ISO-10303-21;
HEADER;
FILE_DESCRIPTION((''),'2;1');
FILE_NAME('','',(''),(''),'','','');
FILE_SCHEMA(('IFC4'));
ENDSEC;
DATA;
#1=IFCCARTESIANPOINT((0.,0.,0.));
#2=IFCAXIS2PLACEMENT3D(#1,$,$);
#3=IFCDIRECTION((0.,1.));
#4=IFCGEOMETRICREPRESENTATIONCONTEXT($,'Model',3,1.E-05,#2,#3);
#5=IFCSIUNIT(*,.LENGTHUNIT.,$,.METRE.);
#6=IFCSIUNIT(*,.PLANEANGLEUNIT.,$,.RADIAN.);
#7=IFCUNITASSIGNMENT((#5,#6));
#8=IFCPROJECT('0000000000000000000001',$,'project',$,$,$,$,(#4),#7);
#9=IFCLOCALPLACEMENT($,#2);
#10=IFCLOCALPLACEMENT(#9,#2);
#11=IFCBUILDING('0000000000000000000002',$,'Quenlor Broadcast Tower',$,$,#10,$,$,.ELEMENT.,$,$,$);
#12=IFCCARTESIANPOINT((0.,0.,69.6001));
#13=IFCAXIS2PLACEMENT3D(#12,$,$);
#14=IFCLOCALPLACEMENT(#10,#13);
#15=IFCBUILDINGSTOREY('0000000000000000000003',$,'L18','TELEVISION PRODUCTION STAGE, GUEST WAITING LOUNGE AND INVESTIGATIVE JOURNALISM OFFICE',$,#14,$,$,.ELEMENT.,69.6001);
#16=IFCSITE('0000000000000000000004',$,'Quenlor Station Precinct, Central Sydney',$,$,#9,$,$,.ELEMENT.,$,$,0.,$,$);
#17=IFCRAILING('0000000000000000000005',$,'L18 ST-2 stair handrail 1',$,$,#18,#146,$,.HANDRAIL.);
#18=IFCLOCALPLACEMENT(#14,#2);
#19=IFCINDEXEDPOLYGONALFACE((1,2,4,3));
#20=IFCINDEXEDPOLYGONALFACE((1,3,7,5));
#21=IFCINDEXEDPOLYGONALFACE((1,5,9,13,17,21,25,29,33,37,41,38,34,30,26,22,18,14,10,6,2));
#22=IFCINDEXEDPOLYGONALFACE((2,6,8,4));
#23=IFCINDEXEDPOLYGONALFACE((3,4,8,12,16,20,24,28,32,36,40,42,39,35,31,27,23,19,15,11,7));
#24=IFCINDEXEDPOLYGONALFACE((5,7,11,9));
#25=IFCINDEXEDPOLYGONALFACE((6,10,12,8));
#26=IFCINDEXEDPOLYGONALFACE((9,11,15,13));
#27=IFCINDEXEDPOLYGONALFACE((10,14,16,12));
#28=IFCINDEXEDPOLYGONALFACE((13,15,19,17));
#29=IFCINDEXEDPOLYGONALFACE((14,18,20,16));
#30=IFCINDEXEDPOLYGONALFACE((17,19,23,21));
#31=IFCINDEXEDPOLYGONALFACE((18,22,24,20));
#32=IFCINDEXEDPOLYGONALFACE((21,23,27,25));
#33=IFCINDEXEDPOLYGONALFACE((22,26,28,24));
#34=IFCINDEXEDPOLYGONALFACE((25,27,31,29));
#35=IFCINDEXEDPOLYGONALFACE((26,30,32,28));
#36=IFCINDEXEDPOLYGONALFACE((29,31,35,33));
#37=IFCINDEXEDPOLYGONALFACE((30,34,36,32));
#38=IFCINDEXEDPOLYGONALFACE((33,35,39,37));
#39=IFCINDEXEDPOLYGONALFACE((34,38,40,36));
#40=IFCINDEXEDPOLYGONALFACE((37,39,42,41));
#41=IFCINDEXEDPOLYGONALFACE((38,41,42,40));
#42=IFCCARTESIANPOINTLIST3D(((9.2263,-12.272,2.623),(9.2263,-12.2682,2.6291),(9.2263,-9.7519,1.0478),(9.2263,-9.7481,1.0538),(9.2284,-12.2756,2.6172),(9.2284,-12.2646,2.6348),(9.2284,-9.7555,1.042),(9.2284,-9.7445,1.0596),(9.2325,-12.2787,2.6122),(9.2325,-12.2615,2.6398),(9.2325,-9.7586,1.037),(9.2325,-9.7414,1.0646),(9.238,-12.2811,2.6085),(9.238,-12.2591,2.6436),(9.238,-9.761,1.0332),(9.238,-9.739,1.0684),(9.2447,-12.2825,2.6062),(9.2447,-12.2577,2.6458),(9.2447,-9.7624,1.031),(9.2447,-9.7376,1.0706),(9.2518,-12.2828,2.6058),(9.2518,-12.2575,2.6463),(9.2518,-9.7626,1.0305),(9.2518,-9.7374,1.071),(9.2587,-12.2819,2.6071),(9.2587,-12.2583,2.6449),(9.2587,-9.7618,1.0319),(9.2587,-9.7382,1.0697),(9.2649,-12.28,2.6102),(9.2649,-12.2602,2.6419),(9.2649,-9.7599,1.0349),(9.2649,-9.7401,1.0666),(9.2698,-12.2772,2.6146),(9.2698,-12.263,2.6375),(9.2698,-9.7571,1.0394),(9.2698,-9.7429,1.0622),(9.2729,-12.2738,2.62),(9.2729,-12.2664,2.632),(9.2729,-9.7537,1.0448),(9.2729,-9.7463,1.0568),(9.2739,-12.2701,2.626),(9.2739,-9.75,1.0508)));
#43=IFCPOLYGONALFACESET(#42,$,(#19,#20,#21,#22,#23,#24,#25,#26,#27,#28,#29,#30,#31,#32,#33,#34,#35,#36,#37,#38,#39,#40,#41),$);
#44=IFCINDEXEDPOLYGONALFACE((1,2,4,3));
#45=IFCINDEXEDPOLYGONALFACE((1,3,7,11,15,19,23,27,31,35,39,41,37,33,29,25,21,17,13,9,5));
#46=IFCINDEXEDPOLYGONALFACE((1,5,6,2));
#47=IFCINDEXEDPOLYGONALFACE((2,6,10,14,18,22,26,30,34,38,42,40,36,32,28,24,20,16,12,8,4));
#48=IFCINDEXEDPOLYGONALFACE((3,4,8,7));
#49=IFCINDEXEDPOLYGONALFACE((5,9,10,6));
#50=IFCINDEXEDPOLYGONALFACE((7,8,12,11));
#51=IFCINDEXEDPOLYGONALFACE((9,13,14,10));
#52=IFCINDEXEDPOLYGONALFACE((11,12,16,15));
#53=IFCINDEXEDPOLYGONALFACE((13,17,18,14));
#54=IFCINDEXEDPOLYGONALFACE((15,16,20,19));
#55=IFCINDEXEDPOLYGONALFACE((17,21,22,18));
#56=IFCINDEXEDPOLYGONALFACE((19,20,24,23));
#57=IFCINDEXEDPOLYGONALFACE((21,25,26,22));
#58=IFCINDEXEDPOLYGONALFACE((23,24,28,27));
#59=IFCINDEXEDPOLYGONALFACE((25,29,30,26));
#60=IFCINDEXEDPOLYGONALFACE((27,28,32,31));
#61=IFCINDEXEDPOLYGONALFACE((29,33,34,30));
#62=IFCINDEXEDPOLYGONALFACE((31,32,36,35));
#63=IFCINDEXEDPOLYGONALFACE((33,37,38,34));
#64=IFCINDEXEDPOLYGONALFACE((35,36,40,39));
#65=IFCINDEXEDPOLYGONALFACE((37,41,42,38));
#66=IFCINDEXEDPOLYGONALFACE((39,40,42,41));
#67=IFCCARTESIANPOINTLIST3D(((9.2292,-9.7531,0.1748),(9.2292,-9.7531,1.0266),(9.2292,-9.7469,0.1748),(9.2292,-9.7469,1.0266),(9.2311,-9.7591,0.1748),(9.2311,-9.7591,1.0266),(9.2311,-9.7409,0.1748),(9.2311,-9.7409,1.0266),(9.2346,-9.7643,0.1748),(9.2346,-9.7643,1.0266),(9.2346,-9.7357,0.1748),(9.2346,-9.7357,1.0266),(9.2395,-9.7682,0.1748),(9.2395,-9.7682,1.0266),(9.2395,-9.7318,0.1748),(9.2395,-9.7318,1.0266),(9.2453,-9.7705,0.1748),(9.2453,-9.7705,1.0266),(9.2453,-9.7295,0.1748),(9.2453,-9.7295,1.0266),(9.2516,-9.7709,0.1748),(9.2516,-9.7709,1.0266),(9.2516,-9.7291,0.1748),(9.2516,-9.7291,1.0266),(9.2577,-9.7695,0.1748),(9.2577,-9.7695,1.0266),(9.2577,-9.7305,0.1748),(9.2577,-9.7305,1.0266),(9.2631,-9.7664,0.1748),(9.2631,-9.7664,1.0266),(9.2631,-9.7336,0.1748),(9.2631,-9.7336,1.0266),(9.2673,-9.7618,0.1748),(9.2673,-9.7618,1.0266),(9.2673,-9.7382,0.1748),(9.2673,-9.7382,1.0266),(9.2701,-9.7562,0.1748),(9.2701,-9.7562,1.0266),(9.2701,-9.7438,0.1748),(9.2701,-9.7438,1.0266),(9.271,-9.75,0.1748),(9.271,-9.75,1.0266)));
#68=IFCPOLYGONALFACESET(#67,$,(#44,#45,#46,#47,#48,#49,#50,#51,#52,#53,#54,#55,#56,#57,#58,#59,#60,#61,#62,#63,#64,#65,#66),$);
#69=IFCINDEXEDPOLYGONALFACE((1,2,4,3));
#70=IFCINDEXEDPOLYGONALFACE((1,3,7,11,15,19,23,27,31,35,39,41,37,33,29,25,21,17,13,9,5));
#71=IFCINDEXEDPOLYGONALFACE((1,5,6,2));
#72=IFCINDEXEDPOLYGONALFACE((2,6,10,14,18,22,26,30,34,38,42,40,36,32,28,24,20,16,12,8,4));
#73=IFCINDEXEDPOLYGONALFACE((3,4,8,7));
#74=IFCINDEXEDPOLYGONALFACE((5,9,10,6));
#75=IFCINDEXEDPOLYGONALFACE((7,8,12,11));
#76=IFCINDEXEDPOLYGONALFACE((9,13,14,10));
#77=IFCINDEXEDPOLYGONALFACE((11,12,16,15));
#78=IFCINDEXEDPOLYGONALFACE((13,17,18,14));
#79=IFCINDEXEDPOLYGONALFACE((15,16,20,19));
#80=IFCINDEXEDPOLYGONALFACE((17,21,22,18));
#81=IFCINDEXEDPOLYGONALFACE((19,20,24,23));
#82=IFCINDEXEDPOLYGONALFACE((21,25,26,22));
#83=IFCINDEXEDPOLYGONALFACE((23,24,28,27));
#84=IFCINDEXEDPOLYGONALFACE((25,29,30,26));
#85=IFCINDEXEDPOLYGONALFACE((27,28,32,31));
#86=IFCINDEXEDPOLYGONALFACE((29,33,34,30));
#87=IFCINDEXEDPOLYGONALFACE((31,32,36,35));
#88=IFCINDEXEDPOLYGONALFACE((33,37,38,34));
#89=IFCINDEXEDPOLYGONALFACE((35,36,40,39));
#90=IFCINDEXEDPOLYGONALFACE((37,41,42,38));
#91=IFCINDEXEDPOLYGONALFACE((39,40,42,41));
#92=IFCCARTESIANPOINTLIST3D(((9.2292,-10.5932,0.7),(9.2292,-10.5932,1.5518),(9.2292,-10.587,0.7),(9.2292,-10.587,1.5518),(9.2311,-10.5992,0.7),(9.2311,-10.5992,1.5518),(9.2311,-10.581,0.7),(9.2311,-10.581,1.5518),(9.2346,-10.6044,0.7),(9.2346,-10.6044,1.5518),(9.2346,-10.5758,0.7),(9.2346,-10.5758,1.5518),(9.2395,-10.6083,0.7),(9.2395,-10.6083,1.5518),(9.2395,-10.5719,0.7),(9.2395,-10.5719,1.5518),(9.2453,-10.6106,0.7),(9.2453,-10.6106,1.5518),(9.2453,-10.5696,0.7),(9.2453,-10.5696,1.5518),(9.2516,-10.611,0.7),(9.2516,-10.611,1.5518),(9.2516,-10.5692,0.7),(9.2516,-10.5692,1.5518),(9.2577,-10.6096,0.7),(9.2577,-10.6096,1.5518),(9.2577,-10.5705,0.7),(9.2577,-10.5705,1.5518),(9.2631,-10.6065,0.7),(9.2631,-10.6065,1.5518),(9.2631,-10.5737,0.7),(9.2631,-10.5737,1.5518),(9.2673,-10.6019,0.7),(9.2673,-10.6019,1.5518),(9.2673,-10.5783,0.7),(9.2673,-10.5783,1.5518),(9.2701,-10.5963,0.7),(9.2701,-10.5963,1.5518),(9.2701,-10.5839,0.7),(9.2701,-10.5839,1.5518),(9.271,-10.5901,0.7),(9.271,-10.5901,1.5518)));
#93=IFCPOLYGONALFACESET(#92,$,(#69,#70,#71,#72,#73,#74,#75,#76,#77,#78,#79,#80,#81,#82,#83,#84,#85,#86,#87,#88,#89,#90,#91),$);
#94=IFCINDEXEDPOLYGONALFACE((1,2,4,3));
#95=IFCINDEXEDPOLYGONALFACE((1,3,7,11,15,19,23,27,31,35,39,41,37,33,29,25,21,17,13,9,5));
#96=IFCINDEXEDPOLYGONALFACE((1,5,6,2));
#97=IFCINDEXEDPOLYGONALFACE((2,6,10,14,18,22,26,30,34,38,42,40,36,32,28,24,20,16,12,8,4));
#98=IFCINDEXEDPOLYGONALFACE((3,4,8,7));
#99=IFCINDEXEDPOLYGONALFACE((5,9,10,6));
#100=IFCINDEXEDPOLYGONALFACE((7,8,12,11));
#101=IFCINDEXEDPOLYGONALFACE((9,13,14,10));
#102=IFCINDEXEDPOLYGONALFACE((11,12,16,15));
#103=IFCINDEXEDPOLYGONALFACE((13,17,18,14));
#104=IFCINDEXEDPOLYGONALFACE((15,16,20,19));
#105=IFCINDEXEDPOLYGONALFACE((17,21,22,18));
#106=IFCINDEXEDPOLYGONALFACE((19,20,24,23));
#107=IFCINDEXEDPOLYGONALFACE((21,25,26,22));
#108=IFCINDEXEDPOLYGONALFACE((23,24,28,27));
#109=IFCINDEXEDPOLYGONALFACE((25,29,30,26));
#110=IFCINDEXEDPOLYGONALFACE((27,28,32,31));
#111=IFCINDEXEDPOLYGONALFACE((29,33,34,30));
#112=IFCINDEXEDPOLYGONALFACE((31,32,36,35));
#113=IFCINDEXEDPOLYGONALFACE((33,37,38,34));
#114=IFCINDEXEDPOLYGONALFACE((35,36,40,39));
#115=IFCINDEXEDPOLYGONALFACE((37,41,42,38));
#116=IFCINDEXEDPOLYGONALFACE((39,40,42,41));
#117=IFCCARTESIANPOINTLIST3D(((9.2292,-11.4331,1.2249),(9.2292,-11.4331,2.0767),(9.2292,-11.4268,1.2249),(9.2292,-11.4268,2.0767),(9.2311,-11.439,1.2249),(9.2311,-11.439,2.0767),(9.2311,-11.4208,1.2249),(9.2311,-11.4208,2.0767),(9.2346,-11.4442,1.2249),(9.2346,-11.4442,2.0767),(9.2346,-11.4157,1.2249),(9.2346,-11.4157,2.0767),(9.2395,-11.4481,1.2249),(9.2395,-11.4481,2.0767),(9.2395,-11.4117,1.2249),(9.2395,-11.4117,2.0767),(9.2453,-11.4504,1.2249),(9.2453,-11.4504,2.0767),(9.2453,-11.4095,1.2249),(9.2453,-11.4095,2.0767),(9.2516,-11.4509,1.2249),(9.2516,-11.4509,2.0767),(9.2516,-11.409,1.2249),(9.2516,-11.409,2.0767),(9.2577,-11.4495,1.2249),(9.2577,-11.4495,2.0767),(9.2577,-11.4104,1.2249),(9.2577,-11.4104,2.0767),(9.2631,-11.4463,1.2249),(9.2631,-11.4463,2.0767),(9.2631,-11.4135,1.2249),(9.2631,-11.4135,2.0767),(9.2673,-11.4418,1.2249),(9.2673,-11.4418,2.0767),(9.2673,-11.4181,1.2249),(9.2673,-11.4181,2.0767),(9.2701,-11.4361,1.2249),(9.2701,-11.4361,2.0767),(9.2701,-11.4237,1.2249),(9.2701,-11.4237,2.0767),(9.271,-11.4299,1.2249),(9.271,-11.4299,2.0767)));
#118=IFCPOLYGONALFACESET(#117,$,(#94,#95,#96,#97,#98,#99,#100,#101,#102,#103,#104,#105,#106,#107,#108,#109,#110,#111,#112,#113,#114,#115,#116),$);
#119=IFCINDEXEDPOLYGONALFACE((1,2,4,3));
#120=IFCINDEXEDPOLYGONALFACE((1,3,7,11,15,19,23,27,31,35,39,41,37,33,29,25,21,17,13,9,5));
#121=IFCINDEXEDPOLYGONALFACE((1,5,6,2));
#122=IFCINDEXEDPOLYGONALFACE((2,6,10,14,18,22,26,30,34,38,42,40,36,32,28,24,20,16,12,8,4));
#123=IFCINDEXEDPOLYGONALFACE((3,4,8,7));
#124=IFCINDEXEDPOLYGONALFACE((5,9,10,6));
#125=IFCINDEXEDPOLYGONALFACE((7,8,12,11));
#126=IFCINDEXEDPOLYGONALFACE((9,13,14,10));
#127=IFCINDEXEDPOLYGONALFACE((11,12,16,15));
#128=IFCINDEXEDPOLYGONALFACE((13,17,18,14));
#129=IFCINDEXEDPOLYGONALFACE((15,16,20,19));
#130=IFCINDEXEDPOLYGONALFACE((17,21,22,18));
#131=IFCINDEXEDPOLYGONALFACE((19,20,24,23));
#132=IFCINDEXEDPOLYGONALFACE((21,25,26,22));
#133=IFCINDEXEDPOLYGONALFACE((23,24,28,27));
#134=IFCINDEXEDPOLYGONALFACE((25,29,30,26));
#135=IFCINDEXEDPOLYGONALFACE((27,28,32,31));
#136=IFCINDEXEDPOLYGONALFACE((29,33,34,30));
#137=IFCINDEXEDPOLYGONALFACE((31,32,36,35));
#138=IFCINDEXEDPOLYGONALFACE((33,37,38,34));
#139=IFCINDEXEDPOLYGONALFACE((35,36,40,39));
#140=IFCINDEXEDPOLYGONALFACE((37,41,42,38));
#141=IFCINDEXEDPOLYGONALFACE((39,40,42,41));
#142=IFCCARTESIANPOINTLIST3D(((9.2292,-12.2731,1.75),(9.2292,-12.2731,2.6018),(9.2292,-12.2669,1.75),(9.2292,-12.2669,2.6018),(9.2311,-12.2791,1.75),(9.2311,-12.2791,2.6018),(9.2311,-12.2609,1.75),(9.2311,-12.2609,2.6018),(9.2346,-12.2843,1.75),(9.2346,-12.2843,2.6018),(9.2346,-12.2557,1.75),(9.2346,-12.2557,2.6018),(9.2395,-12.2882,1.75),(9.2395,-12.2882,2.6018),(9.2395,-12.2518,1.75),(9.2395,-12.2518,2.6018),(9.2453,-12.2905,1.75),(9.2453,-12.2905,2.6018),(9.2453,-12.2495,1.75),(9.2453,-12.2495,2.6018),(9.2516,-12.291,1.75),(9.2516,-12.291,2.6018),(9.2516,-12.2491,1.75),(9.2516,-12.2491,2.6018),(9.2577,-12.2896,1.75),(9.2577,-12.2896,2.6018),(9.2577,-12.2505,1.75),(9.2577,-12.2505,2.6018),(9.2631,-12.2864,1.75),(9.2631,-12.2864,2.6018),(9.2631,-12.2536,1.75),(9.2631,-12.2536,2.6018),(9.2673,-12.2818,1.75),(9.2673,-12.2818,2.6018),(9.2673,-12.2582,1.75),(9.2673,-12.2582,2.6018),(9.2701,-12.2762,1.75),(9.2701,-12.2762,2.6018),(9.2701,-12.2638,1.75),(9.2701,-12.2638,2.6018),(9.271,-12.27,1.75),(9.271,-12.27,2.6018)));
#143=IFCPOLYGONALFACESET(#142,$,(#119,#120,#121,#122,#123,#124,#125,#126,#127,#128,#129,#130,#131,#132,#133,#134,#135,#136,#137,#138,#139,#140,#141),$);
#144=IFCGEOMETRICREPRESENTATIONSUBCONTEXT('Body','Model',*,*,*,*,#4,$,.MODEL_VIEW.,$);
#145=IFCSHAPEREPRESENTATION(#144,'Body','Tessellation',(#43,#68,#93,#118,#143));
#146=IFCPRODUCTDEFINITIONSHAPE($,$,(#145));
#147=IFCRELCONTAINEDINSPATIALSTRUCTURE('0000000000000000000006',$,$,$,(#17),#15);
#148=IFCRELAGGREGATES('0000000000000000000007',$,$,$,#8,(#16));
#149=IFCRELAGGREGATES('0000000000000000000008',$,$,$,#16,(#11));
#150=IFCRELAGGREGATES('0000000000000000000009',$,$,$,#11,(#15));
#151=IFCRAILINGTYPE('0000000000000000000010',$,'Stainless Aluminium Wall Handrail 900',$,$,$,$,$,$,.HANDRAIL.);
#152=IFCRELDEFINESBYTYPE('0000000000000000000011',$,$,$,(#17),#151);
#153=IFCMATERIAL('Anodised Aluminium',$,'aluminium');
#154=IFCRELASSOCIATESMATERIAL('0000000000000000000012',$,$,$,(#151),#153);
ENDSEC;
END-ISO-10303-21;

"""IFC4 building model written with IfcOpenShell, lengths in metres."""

from ifc_helpers import new_model, si_unit, direction, frame, origin, origin_2d, place, context, subcontext, project, spatial, circle, extrude, material, type_object, element, save


model = new_model("IFC4")

# Units and contexts
model_context = context("Model", 3, precision=1e-05, world=origin(), true_north=direction((0.0, 1.0)))
body_context = subcontext(model_context, "Body", "Model", "MODEL_VIEW")
ifc_project = project(units=[si_unit("LENGTHUNIT", "METRE"), si_unit("PLANEANGLEUNIT", "RADIAN")], contexts=[model_context])

# Site, building, storey
site_placement = place(None, origin())
site = spatial("IfcSite", under=ifc_project, at=site_placement, Name="Quenlor Station Precinct, Central Sydney", CompositionType="ELEMENT", RefElevation=0.0)
building_placement = place(site_placement, origin())
building = spatial("IfcBuilding", under=site, at=building_placement, Name="Quenlor Broadcast Tower", CompositionType="ELEMENT")
storey_placement = place(building_placement, frame((0.0, 0.0, 69.6001)))
storey = spatial("IfcBuildingStorey", under=building, at=storey_placement, Name="L18", Description="TELEVISION PRODUCTION STAGE, GUEST WAITING LOUNGE AND INVESTIGATIVE JOURNALISM OFFICE", CompositionType="ELEMENT", Elevation=69.6001)

# Railing
ifc_material_1 = material(Name="Anodised Aluminium", Category="aluminium")
railing_type_1 = type_object("IfcRailingType", Name="Stainless Aluminium Wall Handrail 900", PredefinedType="HANDRAIL", material=ifc_material_1)
railing_1_placement = place(storey_placement, frame((9.25, -9.75, 0.1748)))
element("IfcRailing", 1, at=railing_1_placement, inside=storey, type_object=railing_type_1, Name="L18 ST-2 stair handrail 1", PredefinedType="HANDRAIL", context=body_context, shape_type="SweptSolid", body=[
    extrude(circle(Radius=0.0239, at=origin_2d()), frame((0.0, 0.0, 0.876), z_axis=(0.0, -0.847971, 0.530043), x_axis=(1.0, 0.0, 0.0)), (0.0, 0.0, 1.0), 2.9719),
    extrude(circle(Radius=0.021, at=origin_2d()), origin(), (0.0, 0.0, 1.0), 0.8518),
    extrude(circle(Radius=0.021, at=origin_2d()), frame((0.0, -0.8401, 0.5251)), (0.0, 0.0, 1.0), 0.8518),
    extrude(circle(Radius=0.021, at=origin_2d()), frame((0.0, -1.6799, 1.05)), (0.0, 0.0, 1.0), 0.8518),
    extrude(circle(Radius=0.021, at=origin_2d()), frame((0.0, -2.52, 1.5752)), (0.0, 0.0, 1.0), 0.8518),
])

save(model, "model.ifc")
